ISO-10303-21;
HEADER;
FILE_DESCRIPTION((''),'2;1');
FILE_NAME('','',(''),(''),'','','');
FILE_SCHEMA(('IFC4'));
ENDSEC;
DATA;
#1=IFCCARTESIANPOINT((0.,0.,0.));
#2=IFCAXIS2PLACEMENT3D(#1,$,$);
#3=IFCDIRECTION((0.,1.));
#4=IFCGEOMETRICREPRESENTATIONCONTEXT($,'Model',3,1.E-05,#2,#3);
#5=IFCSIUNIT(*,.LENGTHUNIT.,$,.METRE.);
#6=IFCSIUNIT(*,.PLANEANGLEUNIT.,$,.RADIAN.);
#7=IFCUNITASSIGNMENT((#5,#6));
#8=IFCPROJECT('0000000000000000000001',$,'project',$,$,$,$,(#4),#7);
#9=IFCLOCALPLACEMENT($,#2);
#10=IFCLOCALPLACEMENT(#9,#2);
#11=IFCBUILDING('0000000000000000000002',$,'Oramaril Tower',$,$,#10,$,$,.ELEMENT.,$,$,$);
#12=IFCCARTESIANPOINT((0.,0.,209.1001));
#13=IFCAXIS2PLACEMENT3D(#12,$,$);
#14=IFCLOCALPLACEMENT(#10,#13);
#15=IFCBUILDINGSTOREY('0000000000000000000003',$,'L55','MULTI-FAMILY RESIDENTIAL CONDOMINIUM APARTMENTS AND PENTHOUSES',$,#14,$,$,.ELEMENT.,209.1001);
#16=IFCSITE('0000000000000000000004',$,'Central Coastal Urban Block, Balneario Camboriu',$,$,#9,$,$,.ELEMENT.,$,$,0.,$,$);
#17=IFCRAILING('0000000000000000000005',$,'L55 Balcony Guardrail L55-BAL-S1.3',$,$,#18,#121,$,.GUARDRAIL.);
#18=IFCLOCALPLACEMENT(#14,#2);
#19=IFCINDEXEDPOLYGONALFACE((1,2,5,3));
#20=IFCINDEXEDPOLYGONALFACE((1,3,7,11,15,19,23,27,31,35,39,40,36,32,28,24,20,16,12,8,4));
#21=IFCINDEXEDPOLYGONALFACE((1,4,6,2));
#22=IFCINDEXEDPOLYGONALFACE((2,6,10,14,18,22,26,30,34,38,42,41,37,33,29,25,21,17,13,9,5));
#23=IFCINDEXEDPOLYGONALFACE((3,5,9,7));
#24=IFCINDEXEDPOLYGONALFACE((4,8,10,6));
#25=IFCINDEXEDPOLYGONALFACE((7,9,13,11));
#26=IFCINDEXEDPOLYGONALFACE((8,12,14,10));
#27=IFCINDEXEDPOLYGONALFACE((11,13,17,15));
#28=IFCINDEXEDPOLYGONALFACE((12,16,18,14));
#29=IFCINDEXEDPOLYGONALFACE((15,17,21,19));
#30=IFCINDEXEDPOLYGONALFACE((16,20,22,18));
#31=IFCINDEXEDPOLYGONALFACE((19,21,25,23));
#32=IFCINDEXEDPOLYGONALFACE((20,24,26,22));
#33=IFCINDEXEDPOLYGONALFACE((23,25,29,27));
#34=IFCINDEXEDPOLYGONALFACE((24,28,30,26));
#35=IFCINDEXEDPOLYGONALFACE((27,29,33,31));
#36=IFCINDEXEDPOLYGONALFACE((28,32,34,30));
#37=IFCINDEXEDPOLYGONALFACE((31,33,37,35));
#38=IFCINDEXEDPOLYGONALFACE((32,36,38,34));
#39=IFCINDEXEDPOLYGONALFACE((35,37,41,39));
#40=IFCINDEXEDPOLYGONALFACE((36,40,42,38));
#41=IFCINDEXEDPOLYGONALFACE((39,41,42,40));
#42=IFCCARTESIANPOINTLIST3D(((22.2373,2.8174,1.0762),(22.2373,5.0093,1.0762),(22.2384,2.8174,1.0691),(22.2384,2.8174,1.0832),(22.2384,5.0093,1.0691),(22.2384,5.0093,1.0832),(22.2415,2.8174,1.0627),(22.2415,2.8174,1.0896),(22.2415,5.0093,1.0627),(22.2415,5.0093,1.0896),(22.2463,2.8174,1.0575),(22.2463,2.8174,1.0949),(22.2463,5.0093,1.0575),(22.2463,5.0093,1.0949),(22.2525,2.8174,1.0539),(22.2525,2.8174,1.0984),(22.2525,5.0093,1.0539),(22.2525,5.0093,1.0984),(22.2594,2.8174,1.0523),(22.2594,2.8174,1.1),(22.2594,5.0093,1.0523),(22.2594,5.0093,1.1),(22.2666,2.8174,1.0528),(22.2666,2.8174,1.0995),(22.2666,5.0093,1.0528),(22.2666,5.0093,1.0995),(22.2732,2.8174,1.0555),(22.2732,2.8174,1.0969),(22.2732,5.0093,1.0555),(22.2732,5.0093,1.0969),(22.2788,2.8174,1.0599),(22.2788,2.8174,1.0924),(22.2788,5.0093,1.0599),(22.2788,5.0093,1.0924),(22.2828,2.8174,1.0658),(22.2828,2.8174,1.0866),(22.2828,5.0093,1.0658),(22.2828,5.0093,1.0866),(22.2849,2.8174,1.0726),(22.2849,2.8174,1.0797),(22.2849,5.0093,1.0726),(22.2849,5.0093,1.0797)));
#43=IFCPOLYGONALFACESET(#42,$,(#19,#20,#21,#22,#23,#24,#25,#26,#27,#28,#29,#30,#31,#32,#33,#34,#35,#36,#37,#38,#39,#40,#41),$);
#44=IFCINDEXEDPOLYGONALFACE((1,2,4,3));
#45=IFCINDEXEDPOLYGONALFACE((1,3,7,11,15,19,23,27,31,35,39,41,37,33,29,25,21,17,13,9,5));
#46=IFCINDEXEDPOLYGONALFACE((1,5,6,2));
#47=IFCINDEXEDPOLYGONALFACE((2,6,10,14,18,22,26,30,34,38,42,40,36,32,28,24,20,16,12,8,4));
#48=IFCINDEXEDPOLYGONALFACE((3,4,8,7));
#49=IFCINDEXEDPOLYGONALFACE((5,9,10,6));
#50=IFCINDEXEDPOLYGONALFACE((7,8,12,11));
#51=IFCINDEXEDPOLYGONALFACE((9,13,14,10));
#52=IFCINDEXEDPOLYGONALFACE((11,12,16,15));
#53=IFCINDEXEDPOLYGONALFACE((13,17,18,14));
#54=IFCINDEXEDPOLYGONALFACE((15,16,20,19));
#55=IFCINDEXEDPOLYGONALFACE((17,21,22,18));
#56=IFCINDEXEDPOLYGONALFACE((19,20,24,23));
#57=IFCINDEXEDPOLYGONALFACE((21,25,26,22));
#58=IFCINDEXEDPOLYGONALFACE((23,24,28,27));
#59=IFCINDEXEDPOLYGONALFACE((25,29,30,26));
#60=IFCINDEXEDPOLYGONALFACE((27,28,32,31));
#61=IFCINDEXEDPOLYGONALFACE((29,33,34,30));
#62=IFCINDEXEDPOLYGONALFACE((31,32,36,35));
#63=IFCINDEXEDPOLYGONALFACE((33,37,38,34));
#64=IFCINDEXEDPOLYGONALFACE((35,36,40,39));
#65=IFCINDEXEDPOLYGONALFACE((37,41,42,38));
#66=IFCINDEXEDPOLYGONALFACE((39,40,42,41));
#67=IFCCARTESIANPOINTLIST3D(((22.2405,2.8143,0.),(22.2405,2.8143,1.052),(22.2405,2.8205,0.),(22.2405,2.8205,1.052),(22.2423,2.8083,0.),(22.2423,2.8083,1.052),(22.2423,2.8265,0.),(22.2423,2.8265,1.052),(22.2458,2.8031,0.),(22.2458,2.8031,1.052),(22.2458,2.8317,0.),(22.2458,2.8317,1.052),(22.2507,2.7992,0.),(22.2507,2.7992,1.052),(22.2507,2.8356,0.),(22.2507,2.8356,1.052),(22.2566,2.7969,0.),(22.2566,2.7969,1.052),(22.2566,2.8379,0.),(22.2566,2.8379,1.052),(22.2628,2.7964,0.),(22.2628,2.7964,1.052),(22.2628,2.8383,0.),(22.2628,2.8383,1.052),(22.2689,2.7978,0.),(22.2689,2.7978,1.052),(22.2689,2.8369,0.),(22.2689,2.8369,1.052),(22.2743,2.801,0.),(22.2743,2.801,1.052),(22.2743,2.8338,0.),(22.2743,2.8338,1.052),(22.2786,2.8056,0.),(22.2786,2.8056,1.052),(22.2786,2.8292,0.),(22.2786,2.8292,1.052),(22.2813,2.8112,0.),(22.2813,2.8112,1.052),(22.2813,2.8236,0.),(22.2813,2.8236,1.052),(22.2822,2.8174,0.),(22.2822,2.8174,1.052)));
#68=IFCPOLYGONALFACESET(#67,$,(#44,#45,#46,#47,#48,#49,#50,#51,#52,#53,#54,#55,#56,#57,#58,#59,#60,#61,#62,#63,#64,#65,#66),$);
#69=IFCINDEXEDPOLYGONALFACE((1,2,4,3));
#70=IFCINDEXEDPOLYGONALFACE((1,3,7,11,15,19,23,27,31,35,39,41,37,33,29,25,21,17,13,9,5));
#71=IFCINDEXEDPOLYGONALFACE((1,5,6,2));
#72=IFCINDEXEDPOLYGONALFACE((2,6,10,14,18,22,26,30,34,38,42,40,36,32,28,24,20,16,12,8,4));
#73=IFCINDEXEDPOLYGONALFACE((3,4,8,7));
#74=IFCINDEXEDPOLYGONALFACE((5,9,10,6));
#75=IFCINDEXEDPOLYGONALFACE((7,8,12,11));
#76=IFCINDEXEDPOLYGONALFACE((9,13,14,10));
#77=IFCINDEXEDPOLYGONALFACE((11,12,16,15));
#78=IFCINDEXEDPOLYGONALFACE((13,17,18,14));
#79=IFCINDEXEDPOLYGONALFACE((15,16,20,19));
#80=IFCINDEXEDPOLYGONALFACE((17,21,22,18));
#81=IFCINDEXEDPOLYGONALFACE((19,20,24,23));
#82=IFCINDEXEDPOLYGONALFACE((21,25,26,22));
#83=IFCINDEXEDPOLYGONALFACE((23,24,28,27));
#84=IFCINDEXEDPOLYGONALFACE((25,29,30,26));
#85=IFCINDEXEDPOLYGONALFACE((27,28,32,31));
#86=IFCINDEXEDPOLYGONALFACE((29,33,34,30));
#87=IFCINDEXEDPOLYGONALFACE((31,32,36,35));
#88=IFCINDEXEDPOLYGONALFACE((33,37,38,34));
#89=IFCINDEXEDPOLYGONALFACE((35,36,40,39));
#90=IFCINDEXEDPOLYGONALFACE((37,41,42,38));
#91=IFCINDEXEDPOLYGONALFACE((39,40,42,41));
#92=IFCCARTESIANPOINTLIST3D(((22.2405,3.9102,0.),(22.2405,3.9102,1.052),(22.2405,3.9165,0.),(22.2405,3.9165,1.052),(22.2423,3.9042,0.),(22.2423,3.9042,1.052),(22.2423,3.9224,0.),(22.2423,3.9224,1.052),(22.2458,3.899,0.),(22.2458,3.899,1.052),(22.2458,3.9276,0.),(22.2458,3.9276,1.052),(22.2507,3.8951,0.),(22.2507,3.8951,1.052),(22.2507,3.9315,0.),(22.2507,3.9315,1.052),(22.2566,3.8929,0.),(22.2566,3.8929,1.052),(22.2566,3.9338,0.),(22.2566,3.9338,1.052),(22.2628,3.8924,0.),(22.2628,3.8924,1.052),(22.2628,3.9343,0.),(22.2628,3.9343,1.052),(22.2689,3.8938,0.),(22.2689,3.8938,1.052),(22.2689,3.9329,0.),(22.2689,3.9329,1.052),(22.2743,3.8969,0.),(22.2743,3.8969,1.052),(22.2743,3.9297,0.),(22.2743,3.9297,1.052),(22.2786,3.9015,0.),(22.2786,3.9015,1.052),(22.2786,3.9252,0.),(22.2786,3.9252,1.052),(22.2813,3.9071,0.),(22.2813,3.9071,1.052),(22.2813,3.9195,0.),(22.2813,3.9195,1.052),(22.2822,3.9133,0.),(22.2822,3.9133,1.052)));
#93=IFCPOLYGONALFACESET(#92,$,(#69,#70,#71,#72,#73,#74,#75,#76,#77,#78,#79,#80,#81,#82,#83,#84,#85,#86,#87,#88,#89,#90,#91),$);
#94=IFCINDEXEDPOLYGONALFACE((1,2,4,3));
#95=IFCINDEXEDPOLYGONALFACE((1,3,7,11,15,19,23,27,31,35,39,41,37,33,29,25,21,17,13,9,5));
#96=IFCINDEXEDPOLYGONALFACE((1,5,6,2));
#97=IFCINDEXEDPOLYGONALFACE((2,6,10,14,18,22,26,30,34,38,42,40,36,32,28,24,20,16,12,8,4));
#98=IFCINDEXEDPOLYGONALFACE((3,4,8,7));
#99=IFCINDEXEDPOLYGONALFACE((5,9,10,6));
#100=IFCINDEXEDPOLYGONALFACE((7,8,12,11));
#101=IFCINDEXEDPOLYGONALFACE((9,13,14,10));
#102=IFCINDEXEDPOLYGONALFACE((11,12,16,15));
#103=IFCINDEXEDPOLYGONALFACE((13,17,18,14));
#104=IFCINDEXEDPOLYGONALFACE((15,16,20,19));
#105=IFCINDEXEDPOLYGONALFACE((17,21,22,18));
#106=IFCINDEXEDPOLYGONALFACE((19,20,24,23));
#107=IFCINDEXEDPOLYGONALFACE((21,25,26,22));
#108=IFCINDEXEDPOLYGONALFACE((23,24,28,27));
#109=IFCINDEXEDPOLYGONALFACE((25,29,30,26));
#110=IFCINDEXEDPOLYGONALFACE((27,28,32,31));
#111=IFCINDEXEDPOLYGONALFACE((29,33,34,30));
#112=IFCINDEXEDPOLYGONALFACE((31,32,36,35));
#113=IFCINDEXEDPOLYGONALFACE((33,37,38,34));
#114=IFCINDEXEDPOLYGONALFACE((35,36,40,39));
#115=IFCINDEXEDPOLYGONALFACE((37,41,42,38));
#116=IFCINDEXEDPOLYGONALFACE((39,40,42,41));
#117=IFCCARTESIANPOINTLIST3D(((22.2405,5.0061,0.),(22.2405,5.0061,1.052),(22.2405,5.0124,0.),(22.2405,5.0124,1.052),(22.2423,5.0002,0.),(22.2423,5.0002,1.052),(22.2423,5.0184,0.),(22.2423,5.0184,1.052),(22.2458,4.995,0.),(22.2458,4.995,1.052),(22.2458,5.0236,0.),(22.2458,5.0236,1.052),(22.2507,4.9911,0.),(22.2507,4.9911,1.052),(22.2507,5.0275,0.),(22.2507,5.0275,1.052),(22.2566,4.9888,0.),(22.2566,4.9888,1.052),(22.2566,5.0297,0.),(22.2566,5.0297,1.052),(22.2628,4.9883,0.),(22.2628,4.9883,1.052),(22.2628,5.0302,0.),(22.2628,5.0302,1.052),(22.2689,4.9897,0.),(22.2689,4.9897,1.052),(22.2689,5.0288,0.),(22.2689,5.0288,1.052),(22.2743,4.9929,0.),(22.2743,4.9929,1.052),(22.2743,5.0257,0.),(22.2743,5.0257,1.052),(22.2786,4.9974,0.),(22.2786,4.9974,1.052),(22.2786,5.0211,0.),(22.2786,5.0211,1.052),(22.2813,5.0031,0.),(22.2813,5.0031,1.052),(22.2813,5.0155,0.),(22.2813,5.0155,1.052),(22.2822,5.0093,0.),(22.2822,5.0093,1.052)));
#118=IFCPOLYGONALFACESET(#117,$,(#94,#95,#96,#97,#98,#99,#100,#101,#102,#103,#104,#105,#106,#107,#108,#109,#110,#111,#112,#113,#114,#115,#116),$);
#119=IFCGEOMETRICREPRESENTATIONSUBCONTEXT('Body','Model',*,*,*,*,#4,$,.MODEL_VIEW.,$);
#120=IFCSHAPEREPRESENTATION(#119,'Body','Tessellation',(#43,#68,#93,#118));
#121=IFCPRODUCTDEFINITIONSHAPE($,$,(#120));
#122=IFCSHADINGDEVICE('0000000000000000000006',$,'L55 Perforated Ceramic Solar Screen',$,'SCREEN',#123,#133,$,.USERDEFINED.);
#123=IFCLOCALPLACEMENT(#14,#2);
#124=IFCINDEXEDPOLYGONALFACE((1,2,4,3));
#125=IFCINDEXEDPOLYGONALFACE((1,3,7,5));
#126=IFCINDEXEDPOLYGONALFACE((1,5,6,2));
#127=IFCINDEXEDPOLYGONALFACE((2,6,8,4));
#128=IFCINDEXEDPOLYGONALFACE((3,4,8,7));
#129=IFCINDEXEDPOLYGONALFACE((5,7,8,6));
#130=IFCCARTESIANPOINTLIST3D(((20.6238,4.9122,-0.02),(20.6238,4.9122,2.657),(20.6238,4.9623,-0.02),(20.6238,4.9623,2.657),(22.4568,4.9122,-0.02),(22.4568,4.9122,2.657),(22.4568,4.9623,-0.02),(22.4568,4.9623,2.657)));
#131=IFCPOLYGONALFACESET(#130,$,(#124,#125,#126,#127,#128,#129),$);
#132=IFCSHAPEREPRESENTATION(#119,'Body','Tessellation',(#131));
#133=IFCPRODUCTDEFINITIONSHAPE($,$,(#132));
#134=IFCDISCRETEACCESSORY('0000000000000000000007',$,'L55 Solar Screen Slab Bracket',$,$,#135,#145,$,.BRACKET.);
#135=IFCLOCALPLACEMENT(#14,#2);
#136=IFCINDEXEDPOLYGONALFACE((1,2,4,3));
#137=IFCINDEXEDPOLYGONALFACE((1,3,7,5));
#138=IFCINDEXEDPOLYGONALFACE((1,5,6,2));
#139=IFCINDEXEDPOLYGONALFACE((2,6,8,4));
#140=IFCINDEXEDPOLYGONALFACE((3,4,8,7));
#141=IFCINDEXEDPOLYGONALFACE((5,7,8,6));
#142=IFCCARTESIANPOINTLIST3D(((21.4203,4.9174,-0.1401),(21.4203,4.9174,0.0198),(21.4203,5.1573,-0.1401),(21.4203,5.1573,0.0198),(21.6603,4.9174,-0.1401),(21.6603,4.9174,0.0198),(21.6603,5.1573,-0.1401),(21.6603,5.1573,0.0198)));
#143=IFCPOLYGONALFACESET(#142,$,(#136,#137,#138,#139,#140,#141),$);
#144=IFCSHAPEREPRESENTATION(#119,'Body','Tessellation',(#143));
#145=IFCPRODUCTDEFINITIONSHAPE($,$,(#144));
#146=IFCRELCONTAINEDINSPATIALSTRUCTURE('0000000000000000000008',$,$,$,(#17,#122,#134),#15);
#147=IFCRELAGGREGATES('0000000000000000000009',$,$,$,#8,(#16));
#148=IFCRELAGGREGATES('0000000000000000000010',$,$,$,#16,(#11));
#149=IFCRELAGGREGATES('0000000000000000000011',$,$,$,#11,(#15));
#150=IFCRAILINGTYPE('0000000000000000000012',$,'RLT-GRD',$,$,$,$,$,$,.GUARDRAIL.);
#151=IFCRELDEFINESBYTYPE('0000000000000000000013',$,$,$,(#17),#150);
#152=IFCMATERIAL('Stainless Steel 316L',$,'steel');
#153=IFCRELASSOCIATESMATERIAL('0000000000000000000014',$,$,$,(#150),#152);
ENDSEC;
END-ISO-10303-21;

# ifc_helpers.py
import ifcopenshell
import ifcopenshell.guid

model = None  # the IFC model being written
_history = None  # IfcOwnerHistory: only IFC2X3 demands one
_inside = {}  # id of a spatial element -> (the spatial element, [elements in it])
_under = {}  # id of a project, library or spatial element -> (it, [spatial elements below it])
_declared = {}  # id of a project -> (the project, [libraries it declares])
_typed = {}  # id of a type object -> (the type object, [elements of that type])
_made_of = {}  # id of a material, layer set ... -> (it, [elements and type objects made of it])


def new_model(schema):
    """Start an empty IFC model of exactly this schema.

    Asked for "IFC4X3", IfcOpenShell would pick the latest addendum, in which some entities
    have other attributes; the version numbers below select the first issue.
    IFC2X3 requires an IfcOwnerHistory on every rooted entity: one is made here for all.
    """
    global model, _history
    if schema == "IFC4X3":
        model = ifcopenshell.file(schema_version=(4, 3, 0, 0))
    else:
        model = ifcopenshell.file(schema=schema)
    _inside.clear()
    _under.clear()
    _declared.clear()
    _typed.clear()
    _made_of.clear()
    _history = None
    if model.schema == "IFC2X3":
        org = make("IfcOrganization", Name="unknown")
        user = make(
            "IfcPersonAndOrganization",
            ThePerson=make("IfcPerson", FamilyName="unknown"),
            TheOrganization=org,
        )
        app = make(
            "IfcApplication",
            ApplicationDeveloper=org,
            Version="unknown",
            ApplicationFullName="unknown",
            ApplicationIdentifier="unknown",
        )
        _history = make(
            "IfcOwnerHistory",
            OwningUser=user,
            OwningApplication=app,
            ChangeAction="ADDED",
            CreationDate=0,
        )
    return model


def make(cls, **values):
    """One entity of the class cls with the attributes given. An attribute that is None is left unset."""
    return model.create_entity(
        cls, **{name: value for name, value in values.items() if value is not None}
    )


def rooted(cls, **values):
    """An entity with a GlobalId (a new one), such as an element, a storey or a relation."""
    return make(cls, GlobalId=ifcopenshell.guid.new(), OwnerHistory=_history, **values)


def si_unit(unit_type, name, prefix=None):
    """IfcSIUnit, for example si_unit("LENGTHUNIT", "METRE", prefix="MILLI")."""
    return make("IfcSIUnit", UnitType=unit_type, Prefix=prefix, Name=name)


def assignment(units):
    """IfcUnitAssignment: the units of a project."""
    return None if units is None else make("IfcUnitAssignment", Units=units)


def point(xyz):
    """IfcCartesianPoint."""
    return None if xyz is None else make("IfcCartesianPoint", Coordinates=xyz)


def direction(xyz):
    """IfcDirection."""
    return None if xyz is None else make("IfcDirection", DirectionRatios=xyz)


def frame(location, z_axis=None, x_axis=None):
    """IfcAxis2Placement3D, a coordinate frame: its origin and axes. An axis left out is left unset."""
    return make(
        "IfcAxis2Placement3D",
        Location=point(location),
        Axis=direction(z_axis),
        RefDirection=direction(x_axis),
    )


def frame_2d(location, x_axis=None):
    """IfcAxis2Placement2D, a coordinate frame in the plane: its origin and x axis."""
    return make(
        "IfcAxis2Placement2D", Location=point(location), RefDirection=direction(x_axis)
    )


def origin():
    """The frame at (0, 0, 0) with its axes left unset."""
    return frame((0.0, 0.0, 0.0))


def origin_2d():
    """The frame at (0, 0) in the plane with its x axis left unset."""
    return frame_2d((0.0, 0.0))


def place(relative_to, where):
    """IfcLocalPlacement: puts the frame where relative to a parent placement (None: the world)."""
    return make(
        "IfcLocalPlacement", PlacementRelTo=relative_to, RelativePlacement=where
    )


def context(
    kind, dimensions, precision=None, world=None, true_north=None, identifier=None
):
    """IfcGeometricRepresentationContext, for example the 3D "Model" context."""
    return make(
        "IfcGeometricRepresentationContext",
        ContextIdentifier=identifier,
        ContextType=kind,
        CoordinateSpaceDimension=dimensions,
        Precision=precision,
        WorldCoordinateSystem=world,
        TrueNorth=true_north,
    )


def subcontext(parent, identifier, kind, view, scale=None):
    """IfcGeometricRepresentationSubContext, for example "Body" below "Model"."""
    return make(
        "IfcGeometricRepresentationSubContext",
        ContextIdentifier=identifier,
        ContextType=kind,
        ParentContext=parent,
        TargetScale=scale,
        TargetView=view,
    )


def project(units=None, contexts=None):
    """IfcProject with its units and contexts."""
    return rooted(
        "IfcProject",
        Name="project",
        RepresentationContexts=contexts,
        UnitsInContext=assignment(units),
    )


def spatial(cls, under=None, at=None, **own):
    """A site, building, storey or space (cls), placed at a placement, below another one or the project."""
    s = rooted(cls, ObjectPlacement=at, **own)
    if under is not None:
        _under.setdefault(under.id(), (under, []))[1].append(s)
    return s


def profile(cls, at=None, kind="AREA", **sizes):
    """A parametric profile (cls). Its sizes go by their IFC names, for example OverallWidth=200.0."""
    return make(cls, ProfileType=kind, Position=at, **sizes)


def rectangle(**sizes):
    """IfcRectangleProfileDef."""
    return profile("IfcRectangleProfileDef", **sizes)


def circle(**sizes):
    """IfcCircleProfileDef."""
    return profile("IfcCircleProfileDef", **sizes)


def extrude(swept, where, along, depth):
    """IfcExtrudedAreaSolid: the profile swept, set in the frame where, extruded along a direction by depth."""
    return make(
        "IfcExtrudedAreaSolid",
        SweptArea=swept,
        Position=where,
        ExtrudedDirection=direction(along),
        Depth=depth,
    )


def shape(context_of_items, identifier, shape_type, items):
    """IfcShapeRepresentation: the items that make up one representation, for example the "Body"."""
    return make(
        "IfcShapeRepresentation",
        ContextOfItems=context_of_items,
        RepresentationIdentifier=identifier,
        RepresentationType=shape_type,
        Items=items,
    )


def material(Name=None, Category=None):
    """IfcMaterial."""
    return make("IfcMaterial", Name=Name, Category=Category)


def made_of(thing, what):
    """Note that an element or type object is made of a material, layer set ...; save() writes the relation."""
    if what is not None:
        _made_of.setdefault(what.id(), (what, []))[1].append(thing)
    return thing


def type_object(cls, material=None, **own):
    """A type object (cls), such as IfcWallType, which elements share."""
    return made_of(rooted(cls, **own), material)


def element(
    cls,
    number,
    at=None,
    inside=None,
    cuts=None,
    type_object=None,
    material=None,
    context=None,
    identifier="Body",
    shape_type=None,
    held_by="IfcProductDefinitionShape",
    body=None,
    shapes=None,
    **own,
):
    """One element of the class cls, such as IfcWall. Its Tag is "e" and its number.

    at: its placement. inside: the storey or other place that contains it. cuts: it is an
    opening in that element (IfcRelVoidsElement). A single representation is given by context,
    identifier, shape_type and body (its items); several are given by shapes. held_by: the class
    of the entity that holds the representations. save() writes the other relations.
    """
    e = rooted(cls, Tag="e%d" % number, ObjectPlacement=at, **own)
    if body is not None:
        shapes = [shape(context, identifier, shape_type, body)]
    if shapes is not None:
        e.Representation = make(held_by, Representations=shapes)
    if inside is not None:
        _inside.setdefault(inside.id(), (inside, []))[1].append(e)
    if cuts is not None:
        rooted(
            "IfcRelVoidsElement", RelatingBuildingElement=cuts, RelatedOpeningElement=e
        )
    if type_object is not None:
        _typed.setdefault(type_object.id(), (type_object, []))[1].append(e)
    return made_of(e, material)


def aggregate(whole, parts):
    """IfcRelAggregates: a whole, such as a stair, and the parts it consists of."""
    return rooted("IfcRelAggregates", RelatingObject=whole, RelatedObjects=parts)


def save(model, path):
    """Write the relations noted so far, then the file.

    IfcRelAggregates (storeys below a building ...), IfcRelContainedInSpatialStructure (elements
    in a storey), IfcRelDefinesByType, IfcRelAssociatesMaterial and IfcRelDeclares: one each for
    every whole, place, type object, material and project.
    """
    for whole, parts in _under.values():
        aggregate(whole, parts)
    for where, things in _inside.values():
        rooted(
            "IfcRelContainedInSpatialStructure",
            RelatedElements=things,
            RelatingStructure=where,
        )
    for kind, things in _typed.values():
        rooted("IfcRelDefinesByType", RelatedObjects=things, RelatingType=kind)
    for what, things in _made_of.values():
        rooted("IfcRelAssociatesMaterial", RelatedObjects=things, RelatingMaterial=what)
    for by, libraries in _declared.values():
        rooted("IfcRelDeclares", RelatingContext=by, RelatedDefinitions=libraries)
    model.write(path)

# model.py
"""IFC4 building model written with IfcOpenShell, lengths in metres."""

from ifc_helpers import new_model, si_unit, direction, frame, origin, origin_2d, place, context, subcontext, project, spatial, rectangle, circle, extrude, material, type_object, element, save


model = new_model("IFC4")

# Units and contexts
model_context = context("Model", 3, precision=1e-05, world=origin(), true_north=direction((0.0, 1.0)))
body_context = subcontext(model_context, "Body", "Model", "MODEL_VIEW")
ifc_project = project(units=[si_unit("LENGTHUNIT", "METRE"), si_unit("PLANEANGLEUNIT", "RADIAN")], contexts=[model_context])

# Site, building, storey
site_placement = place(None, origin())
site = spatial("IfcSite", under=ifc_project, at=site_placement, Name="Central Coastal Urban Block, Balneario Camboriu", CompositionType="ELEMENT", RefElevation=0.0)
building_placement = place(site_placement, origin())
building = spatial("IfcBuilding", under=site, at=building_placement, Name="Oramaril Tower", CompositionType="ELEMENT")
storey_placement = place(building_placement, frame((0.0, 0.0, 209.1001)))
storey = spatial("IfcBuildingStorey", under=building, at=storey_placement, Name="L55", Description="MULTI-FAMILY RESIDENTIAL CONDOMINIUM APARTMENTS AND PENTHOUSES", CompositionType="ELEMENT", Elevation=209.1001)

# Railing
ifc_material_1 = material(Name="Stainless Steel 316L", Category="steel")
railing_type = type_object("IfcRailingType", Name="RLT-GRD", PredefinedType="GUARDRAIL", material=ifc_material_1)
railing_placement = place(storey_placement, frame((22.2612, 2.8174, 0.0)))
element("IfcRailing", 1, at=railing_placement, inside=storey, type_object=railing_type, Name="L55 Balcony Guardrail L55-BAL-S1.3", PredefinedType="GUARDRAIL", context=body_context, shape_type="SweptSolid", body=[
    extrude(circle(Radius=0.0239, at=origin_2d()), frame((0.0, 0.0, 1.0762), z_axis=(0.0, 1.0, 0.0), x_axis=(-1.0, 0.0, 0.0)), (0.0, 0.0, 1.0), 2.1919),
    extrude(circle(Radius=0.021, at=origin_2d()), origin(), (0.0, 0.0, 1.0), 1.052),
    extrude(circle(Radius=0.021, at=origin_2d()), frame((0.0, 1.0959, 0.0)), (0.0, 0.0, 1.0), 1.052),
    extrude(circle(Radius=0.021, at=origin_2d()), frame((0.0, 2.1919, 0.0)), (0.0, 0.0, 1.0), 1.052),
])

# Shading device
shading_device_placement = place(storey_placement, frame((21.5403, 4.9373, -0.02), z_axis=(0.0, 0.0, 1.0), x_axis=(1.0, 0.0, 0.0)))
element("IfcShadingDevice", 2, at=shading_device_placement, inside=storey, Name="L55 Perforated Ceramic Solar Screen", ObjectType="SCREEN", PredefinedType="USERDEFINED", context=body_context, shape_type="SweptSolid", body=[
    extrude(rectangle(XDim=1.833, YDim=0.05, at=origin_2d()), origin(), (0.0, 0.0, 1.0), 2.677),
])

# Discrete accessory
discrete_accessory_placement = place(storey_placement, frame((21.5403, 5.0374, -0.1401), z_axis=(0.0, 0.0, 1.0), x_axis=(1.0, 0.0, 0.0)))
element("IfcDiscreteAccessory", 3, at=discrete_accessory_placement, inside=storey, Name="L55 Solar Screen Slab Bracket", PredefinedType="BRACKET", context=body_context, shape_type="SweptSolid", body=[
    extrude(rectangle(XDim=0.24, YDim=0.24, at=origin_2d()), origin(), (0.0, 0.0, 1.0), 0.1599),
])

save(model, "model.ifc")
